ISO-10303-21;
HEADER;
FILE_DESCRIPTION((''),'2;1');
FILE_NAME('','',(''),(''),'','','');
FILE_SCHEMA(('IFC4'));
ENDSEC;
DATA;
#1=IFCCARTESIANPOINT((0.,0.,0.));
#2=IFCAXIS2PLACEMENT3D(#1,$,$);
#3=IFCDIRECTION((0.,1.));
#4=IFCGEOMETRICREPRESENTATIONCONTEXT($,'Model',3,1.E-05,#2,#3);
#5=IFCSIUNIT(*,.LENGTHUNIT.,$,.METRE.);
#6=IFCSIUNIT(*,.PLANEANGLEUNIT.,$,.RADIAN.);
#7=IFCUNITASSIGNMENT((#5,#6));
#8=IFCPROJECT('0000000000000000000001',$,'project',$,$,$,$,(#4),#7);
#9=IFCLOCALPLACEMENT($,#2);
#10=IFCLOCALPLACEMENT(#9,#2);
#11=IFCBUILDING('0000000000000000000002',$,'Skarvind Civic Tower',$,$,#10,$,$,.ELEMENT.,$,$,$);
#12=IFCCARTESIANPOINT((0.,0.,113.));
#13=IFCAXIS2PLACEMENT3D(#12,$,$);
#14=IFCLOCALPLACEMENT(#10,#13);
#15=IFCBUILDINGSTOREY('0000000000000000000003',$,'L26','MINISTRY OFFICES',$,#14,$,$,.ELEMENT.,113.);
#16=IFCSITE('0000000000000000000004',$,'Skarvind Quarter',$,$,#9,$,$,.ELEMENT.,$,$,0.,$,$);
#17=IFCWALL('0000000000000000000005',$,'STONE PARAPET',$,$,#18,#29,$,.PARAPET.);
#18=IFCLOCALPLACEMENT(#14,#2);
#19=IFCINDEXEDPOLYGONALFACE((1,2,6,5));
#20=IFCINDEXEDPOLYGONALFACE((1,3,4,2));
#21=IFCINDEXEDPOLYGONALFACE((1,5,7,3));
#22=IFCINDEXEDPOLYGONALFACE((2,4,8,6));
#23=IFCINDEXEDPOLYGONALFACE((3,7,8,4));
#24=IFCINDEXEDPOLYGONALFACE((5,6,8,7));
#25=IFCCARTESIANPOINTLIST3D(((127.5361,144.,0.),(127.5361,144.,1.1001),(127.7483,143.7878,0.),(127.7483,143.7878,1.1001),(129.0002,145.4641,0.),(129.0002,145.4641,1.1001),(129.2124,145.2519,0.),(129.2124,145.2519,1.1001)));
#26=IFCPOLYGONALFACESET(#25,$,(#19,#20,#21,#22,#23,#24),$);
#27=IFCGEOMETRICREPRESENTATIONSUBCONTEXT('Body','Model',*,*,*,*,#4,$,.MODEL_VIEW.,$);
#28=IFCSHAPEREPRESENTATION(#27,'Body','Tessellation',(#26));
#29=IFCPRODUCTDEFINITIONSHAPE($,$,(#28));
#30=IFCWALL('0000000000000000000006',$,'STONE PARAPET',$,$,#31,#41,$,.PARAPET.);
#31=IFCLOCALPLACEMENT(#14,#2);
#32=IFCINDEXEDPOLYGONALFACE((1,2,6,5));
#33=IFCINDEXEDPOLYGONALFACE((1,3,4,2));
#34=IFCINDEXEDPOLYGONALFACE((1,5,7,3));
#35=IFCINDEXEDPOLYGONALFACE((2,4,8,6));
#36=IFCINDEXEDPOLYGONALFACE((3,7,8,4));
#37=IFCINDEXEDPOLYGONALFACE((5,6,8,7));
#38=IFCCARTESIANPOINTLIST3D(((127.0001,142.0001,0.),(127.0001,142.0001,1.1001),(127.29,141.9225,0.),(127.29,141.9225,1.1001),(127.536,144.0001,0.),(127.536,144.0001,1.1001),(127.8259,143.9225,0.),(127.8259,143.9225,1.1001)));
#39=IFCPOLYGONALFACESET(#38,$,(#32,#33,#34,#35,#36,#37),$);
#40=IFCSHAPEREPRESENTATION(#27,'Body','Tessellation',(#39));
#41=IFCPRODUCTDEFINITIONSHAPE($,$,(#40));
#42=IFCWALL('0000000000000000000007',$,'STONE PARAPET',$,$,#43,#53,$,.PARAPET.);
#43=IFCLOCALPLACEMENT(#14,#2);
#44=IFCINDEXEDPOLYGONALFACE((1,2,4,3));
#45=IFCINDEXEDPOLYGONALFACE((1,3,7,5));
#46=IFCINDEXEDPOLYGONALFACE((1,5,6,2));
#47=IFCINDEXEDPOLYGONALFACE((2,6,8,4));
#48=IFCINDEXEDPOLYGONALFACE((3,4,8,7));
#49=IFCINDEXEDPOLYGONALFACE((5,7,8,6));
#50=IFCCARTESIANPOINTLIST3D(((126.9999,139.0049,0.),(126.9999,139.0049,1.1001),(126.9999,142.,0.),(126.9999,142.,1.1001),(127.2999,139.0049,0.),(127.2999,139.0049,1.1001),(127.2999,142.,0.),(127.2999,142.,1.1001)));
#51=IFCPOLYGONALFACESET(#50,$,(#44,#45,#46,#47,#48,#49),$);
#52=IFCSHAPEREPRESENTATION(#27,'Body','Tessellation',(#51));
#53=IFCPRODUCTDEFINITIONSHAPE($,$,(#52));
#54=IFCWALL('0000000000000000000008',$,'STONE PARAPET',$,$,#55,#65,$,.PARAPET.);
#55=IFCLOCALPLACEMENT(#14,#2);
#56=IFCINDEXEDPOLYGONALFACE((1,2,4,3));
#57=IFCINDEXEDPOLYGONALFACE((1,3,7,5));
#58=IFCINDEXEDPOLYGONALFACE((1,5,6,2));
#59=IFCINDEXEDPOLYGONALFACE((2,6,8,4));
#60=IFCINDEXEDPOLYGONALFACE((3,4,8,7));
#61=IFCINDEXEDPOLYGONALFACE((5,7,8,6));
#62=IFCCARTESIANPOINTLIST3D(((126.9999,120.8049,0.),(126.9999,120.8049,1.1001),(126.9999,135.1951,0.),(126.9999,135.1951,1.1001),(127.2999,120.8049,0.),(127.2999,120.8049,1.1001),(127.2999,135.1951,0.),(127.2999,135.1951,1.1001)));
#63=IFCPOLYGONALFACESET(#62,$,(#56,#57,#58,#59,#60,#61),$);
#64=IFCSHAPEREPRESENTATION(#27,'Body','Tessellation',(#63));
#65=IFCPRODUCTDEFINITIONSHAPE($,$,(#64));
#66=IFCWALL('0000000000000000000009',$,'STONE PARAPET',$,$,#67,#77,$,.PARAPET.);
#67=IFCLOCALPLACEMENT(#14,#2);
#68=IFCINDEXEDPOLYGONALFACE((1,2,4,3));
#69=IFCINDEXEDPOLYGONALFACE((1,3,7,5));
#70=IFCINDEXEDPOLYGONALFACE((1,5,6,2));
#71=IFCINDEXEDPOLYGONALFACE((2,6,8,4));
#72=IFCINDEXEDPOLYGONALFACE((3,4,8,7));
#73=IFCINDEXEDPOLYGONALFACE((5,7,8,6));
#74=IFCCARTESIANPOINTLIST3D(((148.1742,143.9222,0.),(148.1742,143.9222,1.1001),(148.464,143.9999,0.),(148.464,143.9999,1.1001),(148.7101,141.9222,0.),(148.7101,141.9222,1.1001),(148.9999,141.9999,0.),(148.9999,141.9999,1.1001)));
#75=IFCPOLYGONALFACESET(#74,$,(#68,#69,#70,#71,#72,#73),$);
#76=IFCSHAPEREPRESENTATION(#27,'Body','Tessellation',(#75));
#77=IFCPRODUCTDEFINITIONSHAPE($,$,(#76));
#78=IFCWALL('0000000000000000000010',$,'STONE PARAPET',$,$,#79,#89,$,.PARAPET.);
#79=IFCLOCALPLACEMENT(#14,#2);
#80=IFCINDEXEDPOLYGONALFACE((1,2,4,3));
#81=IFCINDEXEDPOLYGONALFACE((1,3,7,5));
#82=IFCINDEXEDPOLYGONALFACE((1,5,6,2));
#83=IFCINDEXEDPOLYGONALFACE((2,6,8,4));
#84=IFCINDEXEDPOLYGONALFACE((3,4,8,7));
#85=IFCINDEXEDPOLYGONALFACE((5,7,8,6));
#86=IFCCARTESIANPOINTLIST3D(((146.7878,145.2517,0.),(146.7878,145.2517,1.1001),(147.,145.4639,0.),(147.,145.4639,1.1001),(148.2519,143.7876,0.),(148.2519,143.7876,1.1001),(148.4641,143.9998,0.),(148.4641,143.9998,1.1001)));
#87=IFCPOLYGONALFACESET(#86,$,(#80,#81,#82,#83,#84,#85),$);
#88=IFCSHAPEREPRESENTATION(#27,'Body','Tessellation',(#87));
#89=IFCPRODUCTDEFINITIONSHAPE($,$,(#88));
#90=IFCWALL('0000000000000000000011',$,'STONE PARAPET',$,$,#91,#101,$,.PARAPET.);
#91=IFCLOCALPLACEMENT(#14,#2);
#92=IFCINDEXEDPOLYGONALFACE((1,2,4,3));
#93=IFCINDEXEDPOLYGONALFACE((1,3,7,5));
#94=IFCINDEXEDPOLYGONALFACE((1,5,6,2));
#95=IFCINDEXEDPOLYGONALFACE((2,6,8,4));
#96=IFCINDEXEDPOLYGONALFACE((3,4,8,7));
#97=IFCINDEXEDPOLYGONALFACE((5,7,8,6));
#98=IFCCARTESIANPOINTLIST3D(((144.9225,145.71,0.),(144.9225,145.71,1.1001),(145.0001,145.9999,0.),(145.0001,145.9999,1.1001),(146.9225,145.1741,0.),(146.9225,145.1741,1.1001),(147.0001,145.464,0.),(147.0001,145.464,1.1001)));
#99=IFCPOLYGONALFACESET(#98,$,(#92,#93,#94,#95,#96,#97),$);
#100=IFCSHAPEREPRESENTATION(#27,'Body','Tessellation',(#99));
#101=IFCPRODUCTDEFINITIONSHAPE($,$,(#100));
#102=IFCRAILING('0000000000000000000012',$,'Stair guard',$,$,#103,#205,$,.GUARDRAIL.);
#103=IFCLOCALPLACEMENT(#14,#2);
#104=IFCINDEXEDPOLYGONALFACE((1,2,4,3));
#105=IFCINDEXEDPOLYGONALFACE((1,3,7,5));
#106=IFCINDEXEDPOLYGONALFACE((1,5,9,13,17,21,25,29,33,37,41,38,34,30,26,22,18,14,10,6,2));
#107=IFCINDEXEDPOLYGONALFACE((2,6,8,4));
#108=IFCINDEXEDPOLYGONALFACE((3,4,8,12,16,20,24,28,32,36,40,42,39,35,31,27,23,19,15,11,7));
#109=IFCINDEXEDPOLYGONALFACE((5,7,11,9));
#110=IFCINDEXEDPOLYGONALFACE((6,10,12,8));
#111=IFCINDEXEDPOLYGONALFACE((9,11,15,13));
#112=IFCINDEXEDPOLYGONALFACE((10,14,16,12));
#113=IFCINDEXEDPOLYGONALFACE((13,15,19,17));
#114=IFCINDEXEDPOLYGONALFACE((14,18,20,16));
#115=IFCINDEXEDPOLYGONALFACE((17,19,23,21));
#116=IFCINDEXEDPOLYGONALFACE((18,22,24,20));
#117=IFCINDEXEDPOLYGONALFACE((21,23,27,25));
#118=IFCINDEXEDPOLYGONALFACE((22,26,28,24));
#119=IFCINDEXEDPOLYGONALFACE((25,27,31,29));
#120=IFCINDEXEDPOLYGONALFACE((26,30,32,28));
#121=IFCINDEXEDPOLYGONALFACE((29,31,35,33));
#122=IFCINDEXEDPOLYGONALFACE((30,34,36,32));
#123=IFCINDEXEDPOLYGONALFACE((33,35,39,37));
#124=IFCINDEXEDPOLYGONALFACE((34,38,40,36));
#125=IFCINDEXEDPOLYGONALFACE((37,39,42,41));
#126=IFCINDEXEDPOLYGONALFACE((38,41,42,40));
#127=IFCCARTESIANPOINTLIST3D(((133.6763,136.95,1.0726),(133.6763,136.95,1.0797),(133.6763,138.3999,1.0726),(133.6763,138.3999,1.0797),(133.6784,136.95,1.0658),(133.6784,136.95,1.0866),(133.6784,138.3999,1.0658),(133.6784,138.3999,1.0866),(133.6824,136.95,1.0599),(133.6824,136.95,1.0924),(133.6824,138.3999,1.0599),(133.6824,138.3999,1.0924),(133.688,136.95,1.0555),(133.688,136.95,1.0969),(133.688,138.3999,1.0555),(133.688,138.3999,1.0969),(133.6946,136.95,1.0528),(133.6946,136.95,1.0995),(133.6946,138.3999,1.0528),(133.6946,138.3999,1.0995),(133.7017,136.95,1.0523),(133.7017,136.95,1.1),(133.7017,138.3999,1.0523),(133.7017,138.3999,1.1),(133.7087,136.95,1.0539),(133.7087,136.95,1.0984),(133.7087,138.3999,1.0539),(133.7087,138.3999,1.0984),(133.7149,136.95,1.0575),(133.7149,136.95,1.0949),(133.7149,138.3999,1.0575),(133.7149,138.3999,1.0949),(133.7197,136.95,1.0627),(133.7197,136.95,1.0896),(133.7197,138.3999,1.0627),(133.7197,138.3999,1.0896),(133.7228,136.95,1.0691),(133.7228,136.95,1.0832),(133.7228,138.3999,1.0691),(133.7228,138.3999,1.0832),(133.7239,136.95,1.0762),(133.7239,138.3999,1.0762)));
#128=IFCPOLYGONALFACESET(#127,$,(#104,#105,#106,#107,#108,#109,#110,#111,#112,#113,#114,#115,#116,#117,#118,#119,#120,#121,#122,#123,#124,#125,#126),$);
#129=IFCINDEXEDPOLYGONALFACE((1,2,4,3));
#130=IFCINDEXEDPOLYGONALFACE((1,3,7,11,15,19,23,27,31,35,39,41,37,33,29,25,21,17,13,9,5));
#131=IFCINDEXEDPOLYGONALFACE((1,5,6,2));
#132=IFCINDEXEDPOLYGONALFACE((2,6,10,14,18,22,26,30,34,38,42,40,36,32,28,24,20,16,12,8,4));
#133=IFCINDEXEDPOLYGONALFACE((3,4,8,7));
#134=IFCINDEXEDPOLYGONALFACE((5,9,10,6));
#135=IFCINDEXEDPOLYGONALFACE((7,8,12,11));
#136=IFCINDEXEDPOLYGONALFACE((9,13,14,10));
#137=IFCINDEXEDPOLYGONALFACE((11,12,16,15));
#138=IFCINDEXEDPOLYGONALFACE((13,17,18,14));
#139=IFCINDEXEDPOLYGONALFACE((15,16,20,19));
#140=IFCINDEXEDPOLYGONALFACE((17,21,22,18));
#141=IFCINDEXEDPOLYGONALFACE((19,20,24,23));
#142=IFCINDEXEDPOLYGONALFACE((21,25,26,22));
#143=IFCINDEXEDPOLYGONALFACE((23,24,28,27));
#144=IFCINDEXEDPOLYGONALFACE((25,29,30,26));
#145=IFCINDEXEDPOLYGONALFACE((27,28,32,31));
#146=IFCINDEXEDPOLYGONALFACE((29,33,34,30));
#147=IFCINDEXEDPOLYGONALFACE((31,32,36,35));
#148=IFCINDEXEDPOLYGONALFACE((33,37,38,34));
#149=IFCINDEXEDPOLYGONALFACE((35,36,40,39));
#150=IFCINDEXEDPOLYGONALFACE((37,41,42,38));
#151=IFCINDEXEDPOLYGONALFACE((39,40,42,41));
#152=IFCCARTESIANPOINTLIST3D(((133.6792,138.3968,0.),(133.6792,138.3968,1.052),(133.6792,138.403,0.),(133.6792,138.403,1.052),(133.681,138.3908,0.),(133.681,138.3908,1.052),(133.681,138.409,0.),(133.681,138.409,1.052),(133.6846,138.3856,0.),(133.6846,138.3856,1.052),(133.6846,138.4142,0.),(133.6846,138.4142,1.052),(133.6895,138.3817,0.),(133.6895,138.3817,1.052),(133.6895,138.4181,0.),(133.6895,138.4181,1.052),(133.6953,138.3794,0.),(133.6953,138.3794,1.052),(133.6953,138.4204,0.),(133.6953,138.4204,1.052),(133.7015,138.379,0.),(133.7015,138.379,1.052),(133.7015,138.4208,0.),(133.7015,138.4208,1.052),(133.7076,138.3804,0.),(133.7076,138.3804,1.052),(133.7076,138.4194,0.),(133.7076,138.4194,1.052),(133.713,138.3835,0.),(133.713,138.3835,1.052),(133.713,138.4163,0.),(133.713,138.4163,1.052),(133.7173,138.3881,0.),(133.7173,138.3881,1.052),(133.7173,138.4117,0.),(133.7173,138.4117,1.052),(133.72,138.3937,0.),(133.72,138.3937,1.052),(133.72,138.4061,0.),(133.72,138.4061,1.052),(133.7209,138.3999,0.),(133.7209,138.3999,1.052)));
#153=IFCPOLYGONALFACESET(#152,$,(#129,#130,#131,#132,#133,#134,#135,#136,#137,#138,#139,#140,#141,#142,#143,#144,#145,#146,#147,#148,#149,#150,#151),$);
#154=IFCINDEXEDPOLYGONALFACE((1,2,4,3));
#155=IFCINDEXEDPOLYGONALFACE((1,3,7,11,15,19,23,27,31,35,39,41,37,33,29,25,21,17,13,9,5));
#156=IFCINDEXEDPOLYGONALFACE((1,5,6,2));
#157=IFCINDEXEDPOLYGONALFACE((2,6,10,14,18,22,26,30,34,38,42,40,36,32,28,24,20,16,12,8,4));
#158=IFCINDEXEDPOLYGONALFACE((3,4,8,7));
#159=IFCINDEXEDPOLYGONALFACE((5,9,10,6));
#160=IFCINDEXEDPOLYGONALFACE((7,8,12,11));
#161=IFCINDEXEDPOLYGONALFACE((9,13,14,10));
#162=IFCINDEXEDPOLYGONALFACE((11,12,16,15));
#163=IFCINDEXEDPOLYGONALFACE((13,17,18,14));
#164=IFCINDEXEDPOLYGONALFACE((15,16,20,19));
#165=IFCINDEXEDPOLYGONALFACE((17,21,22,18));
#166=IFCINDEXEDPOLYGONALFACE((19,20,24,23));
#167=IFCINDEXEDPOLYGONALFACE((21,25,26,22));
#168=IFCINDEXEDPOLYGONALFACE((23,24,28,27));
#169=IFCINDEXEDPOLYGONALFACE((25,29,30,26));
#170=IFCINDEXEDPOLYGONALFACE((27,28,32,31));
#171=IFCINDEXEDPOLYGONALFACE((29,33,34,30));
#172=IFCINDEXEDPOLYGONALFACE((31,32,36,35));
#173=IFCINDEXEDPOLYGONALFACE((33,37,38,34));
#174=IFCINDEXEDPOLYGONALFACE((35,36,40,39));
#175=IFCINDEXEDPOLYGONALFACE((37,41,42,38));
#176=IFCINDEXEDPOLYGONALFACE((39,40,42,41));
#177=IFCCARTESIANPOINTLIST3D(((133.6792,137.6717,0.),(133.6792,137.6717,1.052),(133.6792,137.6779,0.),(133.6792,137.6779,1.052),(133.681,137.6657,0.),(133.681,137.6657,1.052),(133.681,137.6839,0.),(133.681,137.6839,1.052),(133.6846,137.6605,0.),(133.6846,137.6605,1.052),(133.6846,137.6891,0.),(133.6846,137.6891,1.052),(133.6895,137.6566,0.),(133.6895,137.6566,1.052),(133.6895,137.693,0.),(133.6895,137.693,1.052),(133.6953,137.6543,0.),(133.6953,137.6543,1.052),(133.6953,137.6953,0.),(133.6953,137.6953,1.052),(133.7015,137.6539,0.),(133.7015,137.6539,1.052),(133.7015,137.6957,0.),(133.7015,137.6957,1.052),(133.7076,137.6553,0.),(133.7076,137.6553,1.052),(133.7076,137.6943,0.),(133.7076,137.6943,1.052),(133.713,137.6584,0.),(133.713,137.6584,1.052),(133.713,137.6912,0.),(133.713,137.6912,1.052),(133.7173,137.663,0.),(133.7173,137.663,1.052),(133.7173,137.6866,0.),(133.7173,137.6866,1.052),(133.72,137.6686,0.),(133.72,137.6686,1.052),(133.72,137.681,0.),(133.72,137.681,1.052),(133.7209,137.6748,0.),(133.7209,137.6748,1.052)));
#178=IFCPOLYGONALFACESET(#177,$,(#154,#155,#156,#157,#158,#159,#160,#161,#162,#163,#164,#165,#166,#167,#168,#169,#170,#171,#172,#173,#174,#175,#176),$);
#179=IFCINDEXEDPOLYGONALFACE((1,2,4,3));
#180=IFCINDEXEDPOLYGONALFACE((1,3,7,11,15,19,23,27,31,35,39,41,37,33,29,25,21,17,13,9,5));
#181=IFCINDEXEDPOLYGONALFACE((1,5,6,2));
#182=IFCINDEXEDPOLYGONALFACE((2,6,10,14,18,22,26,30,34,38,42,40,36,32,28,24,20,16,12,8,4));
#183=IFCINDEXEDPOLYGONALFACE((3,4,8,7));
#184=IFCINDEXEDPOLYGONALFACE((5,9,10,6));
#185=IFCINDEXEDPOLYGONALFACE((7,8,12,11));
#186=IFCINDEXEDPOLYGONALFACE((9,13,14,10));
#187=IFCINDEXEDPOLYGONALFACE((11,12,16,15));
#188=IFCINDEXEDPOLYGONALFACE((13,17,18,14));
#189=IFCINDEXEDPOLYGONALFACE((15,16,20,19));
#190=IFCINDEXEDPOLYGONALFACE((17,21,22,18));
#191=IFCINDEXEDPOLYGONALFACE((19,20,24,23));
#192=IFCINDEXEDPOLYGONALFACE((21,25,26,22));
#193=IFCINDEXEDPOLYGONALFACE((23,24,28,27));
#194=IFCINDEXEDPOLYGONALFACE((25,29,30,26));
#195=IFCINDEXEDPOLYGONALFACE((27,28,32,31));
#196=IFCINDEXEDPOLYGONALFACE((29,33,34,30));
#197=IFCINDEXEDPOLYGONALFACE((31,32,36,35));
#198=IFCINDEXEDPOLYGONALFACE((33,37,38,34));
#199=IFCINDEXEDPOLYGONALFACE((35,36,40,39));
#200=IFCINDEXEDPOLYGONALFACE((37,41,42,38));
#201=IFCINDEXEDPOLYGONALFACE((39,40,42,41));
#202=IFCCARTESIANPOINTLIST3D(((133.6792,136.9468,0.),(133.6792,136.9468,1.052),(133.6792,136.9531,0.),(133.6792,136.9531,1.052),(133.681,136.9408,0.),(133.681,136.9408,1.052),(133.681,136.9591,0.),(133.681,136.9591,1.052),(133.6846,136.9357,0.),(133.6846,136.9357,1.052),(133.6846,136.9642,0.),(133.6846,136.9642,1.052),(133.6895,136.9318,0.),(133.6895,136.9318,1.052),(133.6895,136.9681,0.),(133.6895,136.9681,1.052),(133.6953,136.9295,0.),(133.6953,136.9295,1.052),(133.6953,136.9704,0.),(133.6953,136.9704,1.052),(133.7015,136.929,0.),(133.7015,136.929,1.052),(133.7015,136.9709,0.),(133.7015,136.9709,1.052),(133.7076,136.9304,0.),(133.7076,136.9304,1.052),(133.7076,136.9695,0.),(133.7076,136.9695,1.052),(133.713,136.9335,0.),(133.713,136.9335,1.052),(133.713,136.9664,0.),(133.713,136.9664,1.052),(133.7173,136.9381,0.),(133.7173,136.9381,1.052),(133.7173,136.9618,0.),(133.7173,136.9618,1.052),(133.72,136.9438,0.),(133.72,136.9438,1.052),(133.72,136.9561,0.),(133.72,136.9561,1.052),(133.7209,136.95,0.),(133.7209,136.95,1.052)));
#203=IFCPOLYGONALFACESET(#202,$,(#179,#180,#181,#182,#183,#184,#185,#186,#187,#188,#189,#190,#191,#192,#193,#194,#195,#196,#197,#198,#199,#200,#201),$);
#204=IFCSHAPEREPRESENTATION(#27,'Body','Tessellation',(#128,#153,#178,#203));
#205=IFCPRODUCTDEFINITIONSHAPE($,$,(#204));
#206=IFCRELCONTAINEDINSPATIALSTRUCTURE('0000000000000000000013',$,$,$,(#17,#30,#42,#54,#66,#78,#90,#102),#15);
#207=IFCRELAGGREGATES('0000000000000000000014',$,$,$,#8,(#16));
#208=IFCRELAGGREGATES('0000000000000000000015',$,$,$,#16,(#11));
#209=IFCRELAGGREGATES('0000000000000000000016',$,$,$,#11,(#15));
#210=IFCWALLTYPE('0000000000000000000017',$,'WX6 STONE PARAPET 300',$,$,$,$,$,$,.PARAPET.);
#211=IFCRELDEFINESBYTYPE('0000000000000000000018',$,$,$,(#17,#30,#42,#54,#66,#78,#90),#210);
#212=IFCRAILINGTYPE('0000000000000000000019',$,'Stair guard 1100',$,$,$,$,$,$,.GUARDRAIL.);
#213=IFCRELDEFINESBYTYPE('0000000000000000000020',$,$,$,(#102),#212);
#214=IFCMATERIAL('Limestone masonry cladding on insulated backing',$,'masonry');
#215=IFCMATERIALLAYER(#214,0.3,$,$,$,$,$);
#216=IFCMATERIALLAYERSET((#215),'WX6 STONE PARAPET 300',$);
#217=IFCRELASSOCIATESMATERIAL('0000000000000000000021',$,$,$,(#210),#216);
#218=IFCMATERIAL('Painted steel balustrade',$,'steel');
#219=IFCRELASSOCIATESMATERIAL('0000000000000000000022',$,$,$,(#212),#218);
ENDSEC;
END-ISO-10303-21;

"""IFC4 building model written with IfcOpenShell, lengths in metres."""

from ifc_helpers import new_model, si_unit, direction, frame, frame_2d, origin, origin_2d, place, context, subcontext, project, spatial, rectangle, circle, extrude, material, layer, layer_set, type_object, element, save


model = new_model("IFC4")

# Units and contexts
model_context = context("Model", 3, precision=1e-05, world=origin(), true_north=direction((0.0, 1.0)))
body_context = subcontext(model_context, "Body", "Model", "MODEL_VIEW")
ifc_project = project(units=[si_unit("LENGTHUNIT", "METRE"), si_unit("PLANEANGLEUNIT", "RADIAN")], contexts=[model_context])

# Site, building, storey
site_placement = place(None, origin())
site = spatial("IfcSite", under=ifc_project, at=site_placement, Name="Skarvind Quarter", CompositionType="ELEMENT", RefElevation=0.0)
building_placement = place(site_placement, origin())
building = spatial("IfcBuilding", under=site, at=building_placement, Name="Skarvind Civic Tower", CompositionType="ELEMENT")
storey_placement = place(building_placement, frame((0.0, 0.0, 113.0)))
storey = spatial("IfcBuildingStorey", under=building, at=storey_placement, Name="L26", Description="MINISTRY OFFICES", CompositionType="ELEMENT", Elevation=113.0)

# Walls
ifc_material_1 = material(Name="Limestone masonry cladding on insulated backing", Category="masonry")
ifc_layer_1 = layer(ifc_material_1, 0.3)
ifc_layer_set_1 = layer_set([ifc_layer_1], Name="WX6 STONE PARAPET 300")
wall_type_1 = type_object("IfcWallType", Name="WX6 STONE PARAPET 300", PredefinedType="PARAPET", material=ifc_layer_set_1)
for number, where, z_axis, x_axis, name in (
    (1, (129.1062, 145.3579, 0.0), (0.0, 0.0, 1.0), (-0.707107, -0.707107, 0.0), "STONE PARAPET"),
    (2, (127.6809, 143.9612, 0.0), (0.0, 0.0, 1.0), (-0.258815, -0.965927, 0.0), "STONE PARAPET"),
):
    element("IfcWall", number, at=place(storey_placement, frame(where, z_axis=z_axis, x_axis=x_axis)), inside=storey, type_object=wall_type_1, Name=name, PredefinedType="PARAPET", context=body_context, shape_type="SweptSolid", body=[
        extrude(rectangle(XDim=2.0706, YDim=0.3, at=frame_2d((1.0352, 0.0))), origin(), (0.0, 0.0, 1.0), 1.1001),
    ])
wall_1_placement = place(storey_placement, frame((127.1499, 142.0, 0.0), z_axis=(0.0, 0.0, 1.0), x_axis=(0.0, -1.0, 0.0)))
element("IfcWall", 3, at=wall_1_placement, inside=storey, type_object=wall_type_1, Name="STONE PARAPET", PredefinedType="PARAPET", context=body_context, shape_type="SweptSolid", body=[
    extrude(rectangle(XDim=2.9951, YDim=0.3, at=frame_2d((1.4976, 0.0))), origin(), (0.0, 0.0, 1.0), 1.1001),
])
wall_2_placement = place(storey_placement, frame((127.1499, 135.1951, 0.0), z_axis=(0.0, 0.0, 1.0), x_axis=(0.0, -1.0, 0.0)))
element("IfcWall", 4, at=wall_2_placement, inside=storey, type_object=wall_type_1, Name="STONE PARAPET", PredefinedType="PARAPET", context=body_context, shape_type="SweptSolid", body=[
    extrude(rectangle(XDim=14.3901, YDim=0.3, at=frame_2d((7.1951, 0.0))), origin(), (0.0, 0.0, 1.0), 1.1001),
])
for number, where, z_axis, x_axis, name in (
    (5, (148.855, 141.9612, 0.0), (0.0, 0.0, 1.0), (-0.258815, 0.965927, 0.0), "STONE PARAPET"),
    (6, (148.3579, 143.8938, 0.0), (0.0, 0.0, 1.0), (-0.707107, 0.707107, 0.0), "STONE PARAPET"),
    (7, (146.9612, 145.3191, 0.0), (0.0, 0.0, 1.0), (-0.965927, 0.258815, 0.0), "STONE PARAPET"),
):
    element("IfcWall", number, at=place(storey_placement, frame(where, z_axis=z_axis, x_axis=x_axis)), inside=storey, type_object=wall_type_1, Name=name, PredefinedType="PARAPET", context=body_context, shape_type="SweptSolid", body=[
        extrude(rectangle(XDim=2.0706, YDim=0.3, at=frame_2d((1.0352, 0.0))), origin(), (0.0, 0.0, 1.0), 1.1001),
    ])

# Railing
ifc_material_2 = material(Name="Painted steel balustrade", Category="steel")
railing_type = type_object("IfcRailingType", Name="Stair guard 1100", PredefinedType="GUARDRAIL", material=ifc_material_2)
railing_placement = place(storey_placement, frame((133.7, 138.3999, 0.0)))
element("IfcRailing", 8, at=railing_placement, inside=storey, type_object=railing_type, Name="Stair guard", PredefinedType="GUARDRAIL", context=body_context, shape_type="SweptSolid", body=[
    extrude(circle(Radius=0.0239, at=origin_2d()), frame((0.0, 0.0, 1.0762), z_axis=(0.0, -1.0, 0.0), x_axis=(1.0, 0.0, 0.0)), (0.0, 0.0, 1.0), 1.45),
    extrude(circle(Radius=0.021, at=origin_2d()), origin(), (0.0, 0.0, 1.0), 1.052),
    extrude(circle(Radius=0.021, at=origin_2d()), frame((0.0, -0.7251, 0.0)), (0.0, 0.0, 1.0), 1.052),
    extrude(circle(Radius=0.021, at=origin_2d()), frame((0.0, -1.45, 0.0)), (0.0, 0.0, 1.0), 1.052),
])

save(model, "model.ifc")
